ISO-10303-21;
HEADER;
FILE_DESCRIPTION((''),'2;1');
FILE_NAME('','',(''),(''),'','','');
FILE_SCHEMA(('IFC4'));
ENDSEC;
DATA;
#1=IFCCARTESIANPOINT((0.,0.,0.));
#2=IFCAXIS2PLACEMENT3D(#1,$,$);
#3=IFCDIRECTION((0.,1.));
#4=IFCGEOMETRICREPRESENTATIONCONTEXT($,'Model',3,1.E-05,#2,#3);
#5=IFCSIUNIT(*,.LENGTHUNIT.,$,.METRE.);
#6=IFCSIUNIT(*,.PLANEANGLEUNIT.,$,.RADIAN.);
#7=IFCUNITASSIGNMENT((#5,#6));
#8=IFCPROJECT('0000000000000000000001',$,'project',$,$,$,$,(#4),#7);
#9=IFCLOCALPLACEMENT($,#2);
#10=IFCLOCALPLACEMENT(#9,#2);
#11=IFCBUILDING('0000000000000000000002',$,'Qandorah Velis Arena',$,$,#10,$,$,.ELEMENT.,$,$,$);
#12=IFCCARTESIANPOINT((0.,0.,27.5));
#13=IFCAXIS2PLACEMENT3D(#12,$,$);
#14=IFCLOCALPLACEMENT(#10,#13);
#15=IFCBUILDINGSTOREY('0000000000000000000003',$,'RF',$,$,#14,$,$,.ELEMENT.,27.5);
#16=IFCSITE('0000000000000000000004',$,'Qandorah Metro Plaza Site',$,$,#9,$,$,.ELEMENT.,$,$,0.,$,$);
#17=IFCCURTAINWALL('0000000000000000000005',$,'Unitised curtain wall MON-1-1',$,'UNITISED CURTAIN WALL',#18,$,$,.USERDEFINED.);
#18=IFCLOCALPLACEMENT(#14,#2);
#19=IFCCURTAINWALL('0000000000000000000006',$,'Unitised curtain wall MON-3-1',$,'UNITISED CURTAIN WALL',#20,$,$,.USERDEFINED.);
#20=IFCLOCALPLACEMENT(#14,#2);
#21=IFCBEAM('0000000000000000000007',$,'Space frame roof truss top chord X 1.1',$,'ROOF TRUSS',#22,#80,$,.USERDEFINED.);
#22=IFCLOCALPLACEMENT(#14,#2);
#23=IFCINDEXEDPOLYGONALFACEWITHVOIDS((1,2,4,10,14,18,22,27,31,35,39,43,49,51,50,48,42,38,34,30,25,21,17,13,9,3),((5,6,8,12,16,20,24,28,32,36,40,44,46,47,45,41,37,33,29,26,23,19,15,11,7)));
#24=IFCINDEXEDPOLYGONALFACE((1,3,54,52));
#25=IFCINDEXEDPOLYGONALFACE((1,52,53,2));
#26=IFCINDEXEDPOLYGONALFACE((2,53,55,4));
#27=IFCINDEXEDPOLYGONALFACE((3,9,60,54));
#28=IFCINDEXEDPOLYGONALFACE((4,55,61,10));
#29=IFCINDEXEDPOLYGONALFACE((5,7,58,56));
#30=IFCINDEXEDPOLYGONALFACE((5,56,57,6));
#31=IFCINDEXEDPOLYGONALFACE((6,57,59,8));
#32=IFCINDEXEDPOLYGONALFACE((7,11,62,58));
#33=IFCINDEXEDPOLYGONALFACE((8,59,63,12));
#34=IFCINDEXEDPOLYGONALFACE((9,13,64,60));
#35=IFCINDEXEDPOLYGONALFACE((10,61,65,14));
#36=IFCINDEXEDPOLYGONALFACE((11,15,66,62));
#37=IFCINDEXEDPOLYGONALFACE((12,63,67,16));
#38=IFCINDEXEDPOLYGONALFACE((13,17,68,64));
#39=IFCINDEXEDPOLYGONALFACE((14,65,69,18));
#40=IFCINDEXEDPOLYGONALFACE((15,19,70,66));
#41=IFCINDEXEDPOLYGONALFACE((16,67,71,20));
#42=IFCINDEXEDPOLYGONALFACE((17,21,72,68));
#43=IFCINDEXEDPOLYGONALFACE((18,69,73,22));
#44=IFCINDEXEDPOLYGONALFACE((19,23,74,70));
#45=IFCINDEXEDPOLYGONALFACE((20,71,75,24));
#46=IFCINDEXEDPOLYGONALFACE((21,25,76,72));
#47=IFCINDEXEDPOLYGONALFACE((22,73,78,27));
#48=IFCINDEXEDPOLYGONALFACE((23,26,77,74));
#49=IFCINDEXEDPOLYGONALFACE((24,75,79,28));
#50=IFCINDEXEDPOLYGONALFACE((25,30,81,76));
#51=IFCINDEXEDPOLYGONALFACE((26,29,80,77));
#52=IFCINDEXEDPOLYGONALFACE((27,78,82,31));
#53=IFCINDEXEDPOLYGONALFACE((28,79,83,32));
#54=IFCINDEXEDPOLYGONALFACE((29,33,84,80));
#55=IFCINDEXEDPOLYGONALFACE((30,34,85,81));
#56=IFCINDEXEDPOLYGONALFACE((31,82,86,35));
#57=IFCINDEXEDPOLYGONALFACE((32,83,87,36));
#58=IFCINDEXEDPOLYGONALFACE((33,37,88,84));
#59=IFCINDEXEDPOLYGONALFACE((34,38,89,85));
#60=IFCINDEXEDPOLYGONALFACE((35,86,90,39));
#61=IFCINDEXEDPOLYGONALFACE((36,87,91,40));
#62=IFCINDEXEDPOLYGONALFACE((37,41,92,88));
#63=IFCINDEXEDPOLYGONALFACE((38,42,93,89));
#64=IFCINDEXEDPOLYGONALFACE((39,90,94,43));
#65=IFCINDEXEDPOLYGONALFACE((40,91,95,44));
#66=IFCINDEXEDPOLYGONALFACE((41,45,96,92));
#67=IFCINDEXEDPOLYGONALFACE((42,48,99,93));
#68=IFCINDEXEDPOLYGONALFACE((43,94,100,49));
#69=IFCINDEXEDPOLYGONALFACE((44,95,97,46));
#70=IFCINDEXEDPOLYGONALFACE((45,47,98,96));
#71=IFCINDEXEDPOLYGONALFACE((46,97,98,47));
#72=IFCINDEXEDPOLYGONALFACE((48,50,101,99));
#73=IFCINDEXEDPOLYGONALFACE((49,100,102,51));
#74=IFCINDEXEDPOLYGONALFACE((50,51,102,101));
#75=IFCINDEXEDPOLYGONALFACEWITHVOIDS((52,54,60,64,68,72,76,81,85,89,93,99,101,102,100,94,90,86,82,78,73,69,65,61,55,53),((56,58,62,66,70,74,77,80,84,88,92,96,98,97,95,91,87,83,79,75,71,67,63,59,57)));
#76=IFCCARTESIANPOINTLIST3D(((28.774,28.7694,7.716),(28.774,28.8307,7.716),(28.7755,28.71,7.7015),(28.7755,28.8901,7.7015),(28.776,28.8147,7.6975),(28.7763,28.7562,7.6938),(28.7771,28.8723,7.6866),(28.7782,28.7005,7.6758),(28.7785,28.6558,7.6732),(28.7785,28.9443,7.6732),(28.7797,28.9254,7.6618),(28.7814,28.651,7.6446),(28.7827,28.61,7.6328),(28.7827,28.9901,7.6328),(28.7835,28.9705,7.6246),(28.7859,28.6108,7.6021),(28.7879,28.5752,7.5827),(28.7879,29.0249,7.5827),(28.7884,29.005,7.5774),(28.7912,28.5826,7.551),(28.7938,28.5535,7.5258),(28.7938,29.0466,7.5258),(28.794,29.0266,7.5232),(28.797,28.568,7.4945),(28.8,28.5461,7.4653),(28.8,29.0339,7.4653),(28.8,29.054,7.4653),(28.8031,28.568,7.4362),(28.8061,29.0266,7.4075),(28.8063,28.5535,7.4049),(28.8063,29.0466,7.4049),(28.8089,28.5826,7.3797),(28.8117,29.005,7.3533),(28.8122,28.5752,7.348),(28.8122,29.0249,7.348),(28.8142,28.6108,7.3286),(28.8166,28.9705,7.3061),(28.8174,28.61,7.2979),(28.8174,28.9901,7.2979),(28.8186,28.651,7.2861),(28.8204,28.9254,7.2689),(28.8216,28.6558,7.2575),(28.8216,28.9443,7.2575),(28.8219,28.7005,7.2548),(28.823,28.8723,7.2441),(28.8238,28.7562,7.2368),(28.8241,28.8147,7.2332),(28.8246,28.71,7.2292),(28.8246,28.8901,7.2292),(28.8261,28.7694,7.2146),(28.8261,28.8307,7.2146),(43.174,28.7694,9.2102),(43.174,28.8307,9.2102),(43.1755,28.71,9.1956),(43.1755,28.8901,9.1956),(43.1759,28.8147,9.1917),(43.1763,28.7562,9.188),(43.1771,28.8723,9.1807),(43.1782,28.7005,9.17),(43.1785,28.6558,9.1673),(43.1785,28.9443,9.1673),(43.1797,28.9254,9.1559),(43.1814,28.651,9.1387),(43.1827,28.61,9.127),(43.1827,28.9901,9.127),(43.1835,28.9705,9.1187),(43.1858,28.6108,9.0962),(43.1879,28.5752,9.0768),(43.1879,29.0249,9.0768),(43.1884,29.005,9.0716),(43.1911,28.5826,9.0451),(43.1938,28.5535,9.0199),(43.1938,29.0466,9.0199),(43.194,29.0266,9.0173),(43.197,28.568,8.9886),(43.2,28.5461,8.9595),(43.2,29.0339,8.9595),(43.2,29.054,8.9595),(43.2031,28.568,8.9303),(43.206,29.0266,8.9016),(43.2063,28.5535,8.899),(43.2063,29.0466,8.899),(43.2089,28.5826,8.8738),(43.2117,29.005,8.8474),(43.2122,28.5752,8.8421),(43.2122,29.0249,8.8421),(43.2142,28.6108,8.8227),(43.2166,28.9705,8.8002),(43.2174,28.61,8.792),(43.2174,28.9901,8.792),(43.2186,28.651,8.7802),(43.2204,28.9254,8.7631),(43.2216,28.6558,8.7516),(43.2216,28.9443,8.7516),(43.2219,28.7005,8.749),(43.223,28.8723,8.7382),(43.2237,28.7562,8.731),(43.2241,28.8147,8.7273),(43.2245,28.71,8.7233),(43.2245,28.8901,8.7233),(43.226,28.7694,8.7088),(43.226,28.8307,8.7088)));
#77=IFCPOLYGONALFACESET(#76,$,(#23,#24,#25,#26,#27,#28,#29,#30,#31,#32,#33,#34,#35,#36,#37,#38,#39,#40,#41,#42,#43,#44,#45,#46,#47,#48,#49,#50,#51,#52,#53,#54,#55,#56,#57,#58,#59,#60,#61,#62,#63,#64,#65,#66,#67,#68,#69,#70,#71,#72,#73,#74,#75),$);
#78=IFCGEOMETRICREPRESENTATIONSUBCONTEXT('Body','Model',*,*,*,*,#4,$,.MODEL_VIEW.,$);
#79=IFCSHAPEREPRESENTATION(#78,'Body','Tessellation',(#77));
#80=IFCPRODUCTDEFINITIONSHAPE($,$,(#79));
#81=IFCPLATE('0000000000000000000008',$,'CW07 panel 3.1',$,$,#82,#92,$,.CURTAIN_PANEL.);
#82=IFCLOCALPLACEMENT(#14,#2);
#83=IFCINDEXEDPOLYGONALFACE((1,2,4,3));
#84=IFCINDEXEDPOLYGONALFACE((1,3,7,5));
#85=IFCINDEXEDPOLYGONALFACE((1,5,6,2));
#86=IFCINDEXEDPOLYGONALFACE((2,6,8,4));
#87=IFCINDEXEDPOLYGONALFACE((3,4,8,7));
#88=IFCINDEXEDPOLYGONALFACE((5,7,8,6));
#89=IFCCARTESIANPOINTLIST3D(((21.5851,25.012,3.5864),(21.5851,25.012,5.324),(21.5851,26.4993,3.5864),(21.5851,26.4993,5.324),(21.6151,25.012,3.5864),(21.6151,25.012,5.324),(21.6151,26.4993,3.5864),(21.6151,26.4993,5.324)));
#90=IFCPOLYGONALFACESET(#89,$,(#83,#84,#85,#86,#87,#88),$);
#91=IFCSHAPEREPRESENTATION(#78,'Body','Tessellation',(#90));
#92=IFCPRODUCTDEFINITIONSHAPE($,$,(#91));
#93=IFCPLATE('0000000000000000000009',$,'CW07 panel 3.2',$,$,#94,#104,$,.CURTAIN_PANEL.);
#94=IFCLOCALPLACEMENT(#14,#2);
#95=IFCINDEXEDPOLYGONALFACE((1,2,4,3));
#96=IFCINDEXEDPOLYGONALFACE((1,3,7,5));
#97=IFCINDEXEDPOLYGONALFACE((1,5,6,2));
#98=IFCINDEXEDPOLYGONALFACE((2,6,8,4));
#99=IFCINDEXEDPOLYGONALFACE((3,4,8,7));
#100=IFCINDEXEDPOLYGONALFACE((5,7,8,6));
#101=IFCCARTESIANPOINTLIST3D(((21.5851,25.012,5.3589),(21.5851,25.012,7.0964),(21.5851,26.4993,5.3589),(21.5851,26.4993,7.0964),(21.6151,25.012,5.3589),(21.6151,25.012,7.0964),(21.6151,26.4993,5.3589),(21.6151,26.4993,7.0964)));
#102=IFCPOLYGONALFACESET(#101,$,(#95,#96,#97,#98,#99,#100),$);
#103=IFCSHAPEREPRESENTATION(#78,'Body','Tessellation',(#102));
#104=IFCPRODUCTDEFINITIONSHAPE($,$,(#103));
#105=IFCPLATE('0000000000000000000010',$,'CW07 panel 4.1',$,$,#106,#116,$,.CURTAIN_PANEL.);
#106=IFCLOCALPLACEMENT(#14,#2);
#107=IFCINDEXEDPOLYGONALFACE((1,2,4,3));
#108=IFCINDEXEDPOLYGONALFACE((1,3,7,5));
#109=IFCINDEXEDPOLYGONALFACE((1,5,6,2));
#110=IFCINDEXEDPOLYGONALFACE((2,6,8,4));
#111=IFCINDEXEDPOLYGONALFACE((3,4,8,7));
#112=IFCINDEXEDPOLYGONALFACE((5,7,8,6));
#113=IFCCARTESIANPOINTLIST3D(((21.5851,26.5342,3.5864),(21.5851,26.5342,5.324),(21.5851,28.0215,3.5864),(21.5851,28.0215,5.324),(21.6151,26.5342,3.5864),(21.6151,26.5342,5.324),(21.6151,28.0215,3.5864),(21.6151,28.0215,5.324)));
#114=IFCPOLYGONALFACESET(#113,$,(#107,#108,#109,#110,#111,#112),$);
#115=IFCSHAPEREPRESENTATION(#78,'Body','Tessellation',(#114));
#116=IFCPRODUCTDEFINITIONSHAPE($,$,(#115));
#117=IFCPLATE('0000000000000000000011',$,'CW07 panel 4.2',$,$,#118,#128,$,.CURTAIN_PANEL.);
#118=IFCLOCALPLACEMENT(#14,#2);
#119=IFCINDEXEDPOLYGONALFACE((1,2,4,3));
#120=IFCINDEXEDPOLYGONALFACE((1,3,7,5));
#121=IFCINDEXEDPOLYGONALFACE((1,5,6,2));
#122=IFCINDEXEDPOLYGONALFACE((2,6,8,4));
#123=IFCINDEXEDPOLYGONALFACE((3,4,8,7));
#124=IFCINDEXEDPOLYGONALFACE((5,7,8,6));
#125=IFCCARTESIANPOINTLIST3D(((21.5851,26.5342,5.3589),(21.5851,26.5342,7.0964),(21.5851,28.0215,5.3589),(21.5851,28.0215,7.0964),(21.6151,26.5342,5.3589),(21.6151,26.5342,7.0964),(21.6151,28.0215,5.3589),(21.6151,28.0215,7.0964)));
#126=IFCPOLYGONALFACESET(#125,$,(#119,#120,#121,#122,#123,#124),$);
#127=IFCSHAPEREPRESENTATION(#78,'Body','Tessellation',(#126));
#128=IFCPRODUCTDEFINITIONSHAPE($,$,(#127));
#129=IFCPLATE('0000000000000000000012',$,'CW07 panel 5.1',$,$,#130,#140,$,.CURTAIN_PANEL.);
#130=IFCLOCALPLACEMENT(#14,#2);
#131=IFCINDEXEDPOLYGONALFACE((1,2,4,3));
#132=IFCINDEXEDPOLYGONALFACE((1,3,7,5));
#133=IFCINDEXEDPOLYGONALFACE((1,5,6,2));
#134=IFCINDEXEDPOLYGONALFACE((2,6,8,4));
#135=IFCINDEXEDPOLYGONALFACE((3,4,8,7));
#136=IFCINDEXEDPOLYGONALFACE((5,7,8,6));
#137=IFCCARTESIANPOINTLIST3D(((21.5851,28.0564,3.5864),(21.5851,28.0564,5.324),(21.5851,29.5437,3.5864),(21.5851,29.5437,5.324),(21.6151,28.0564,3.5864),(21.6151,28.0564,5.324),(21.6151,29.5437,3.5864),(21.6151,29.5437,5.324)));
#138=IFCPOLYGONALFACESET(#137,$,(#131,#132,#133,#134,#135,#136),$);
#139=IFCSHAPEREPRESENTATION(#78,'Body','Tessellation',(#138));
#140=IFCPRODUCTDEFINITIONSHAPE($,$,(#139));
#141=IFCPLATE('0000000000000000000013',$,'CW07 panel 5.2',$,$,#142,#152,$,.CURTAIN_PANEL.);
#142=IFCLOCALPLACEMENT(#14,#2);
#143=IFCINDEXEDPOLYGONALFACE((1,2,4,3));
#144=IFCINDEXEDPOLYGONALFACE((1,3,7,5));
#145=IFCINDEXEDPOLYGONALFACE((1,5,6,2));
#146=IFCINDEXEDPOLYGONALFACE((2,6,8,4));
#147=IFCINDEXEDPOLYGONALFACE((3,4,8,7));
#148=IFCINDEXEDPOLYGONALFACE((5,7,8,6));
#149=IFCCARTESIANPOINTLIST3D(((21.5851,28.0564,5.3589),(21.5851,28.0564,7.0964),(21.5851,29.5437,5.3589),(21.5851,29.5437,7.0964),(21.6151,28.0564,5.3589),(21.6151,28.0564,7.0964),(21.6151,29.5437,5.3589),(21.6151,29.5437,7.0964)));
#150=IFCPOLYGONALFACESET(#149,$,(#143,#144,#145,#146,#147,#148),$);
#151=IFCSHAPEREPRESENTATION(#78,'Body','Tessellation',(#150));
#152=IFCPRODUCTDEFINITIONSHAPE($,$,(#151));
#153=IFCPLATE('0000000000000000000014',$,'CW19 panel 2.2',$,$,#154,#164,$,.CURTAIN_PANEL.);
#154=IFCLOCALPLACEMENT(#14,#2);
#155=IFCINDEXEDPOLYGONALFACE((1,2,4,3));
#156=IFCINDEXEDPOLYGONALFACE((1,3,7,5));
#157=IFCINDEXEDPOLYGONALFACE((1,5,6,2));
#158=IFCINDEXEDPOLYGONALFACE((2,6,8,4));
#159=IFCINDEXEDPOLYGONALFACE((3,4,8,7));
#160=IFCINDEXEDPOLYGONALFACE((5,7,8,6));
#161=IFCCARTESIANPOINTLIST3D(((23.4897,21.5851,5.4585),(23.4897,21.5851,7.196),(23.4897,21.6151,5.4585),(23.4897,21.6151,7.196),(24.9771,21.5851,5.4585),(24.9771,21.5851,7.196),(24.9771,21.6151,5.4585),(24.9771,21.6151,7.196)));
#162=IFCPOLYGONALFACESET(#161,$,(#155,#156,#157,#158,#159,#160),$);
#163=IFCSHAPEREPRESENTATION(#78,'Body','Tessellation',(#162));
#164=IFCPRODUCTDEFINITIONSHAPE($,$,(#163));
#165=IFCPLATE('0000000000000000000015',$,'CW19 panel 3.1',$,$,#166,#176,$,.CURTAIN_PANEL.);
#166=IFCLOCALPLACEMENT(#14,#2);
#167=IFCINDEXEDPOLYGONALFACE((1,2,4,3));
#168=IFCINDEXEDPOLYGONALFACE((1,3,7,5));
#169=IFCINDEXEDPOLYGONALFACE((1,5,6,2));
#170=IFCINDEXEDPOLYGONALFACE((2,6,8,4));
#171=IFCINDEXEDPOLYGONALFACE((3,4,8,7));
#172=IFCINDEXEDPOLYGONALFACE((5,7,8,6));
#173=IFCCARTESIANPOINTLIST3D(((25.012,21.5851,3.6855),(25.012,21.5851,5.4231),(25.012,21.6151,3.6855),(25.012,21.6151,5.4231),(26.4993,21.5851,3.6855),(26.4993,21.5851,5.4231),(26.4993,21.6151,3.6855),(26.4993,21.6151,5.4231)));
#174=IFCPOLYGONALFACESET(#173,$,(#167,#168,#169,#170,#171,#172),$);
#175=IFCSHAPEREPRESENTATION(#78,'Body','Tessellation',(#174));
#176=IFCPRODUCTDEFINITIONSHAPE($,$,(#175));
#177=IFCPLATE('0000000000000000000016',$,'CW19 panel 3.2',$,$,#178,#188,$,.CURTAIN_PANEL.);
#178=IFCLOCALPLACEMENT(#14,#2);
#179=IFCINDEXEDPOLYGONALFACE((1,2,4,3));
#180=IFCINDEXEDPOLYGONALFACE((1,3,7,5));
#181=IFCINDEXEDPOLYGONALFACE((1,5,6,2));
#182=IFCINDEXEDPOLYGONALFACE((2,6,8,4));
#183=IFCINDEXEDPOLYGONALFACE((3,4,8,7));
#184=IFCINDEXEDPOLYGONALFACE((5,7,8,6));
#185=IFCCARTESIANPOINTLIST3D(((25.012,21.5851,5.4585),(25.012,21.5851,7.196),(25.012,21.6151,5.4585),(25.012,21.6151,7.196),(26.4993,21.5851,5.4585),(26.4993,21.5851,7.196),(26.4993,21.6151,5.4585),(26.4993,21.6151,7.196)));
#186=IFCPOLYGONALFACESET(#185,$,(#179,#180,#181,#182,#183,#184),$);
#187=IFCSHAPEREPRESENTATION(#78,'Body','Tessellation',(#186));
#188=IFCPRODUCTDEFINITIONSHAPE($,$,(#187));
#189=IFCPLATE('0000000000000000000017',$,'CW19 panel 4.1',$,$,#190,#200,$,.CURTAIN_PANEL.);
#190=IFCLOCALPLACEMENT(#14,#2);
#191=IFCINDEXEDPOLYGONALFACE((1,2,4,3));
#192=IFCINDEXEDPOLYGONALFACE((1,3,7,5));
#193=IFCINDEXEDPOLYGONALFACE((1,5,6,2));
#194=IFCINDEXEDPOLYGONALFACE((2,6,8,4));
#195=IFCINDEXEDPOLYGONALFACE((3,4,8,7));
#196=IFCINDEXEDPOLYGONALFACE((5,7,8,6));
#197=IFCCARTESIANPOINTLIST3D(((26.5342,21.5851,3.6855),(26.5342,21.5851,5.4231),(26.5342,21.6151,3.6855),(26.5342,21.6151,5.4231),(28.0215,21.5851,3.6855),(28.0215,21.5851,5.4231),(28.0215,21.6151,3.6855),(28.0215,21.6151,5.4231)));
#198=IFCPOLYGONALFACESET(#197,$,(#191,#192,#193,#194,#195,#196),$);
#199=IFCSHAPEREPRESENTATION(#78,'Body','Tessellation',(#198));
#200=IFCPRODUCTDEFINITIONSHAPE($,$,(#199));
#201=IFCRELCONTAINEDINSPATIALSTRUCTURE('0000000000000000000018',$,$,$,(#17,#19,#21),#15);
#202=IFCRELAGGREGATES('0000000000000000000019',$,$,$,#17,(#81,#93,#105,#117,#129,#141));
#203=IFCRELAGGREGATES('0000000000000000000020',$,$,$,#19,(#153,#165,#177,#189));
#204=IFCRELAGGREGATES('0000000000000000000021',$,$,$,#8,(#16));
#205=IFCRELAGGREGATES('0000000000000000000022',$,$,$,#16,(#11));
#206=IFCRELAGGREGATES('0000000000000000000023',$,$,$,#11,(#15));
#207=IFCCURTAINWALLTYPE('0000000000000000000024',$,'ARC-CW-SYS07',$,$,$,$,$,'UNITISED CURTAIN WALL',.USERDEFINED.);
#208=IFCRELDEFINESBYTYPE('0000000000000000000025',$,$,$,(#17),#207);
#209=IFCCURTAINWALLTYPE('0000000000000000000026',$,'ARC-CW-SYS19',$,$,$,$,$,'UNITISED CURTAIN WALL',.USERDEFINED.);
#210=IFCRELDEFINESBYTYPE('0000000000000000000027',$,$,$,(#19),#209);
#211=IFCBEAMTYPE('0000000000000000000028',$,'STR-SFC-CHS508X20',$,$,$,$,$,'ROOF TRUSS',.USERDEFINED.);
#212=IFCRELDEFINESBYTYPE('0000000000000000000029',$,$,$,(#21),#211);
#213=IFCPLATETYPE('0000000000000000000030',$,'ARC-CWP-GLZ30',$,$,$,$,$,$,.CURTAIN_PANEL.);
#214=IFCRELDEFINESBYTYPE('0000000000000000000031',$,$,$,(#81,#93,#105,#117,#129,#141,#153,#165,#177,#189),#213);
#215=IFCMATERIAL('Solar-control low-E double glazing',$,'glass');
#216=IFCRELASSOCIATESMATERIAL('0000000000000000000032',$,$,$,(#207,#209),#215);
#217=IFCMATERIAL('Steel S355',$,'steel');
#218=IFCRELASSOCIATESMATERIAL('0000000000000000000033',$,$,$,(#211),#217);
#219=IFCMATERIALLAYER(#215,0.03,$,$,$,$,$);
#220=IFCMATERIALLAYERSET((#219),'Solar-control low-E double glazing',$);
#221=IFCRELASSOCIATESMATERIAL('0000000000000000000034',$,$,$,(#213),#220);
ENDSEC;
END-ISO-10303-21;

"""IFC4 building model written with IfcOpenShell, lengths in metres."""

from ifc_helpers import new_model, si_unit, direction, frame, origin, origin_2d, place, context, subcontext, project, spatial, rectangle, hollow_circle, extrude, material, layer, layer_set, material_profile, profile_set, type_object, element, aggregate, save


model = new_model("IFC4")

# Units and contexts
model_context = context("Model", 3, precision=1e-05, world=origin(), true_north=direction((0.0, 1.0)))
body_context = subcontext(model_context, "Body", "Model", "MODEL_VIEW")
ifc_project = project(units=[si_unit("LENGTHUNIT", "METRE"), si_unit("PLANEANGLEUNIT", "RADIAN")], contexts=[model_context])

# Site, building, storey
site_placement = place(None, origin())
site = spatial("IfcSite", under=ifc_project, at=site_placement, Name="Qandorah Metro Plaza Site", CompositionType="ELEMENT", RefElevation=0.0)
building_placement = place(site_placement, origin())
building = spatial("IfcBuilding", under=site, at=building_placement, Name="Qandorah Velis Arena", CompositionType="ELEMENT")
storey_placement = place(building_placement, frame((0.0, 0.0, 27.5)))
storey = spatial("IfcBuildingStorey", under=building, at=storey_placement, Name="RF", CompositionType="ELEMENT", Elevation=27.5)

# Curtain walls
ifc_material_1 = material(Name="Solar-control low-E double glazing", Category="glass")
curtain_wall_type_1 = type_object("IfcCurtainWallType", Name="ARC-CW-SYS07", ElementType="UNITISED CURTAIN WALL", PredefinedType="USERDEFINED", material=ifc_material_1)
curtain_wall_1_placement = place(storey_placement, origin())
curtain_wall_1 = element("IfcCurtainWall", 1, at=curtain_wall_1_placement, inside=storey, type_object=curtain_wall_type_1, Name="Unitised curtain wall MON-1-1", ObjectType="UNITISED CURTAIN WALL", PredefinedType="USERDEFINED")
curtain_wall_type_2 = type_object("IfcCurtainWallType", Name="ARC-CW-SYS19", ElementType="UNITISED CURTAIN WALL", PredefinedType="USERDEFINED", material=ifc_material_1)
curtain_wall_2_placement = place(storey_placement, origin())
curtain_wall_2 = element("IfcCurtainWall", 2, at=curtain_wall_2_placement, inside=storey, type_object=curtain_wall_type_2, Name="Unitised curtain wall MON-3-1", ObjectType="UNITISED CURTAIN WALL", PredefinedType="USERDEFINED")

# Shared definitions
ifc_material_2 = material(Name="Steel S355", Category="steel")

# Beam
ifc_material_profile_1 = material_profile(ifc_material_2, hollow_circle(Radius=0.2539, WallThickness=0.02, at=origin_2d()), Name="CHS 508x20")
ifc_profile_set_1 = profile_set([ifc_material_profile_1], Name="Steel S355")
beam_type_1 = type_object("IfcBeamType", Name="STR-SFC-CHS508X20", ElementType="ROOF TRUSS", PredefinedType="USERDEFINED", material=ifc_profile_set_1)
beam_1_placement = place(storey_placement, frame((28.8, 28.8, 7.4653), z_axis=(0.99466, 0.0, 0.103206), x_axis=(0.0, 1.0, 0.0)))
element("IfcBeam", 3, at=beam_1_placement, inside=storey, type_object=beam_type_1, Name="Space frame roof truss top chord X 1.1", ObjectType="ROOF TRUSS", PredefinedType="USERDEFINED", context=body_context, shape_type="SweptSolid", body=[
    extrude(hollow_circle(Radius=0.2539, WallThickness=0.02, at=origin_2d()), origin(), (0.0, 0.0, 1.0), 14.4773),
])

# Plates
ifc_layer = layer(ifc_material_1, 0.03)
ifc_layer_set = layer_set([ifc_layer], Name="Solar-control low-E double glazing")
plate_type = type_object("IfcPlateType", Name="ARC-CWP-GLZ30", PredefinedType="CURTAIN_PANEL", material=ifc_layer_set)
plate_1_placement = place(storey_placement, frame((21.6001, 25.7556, 3.5864), z_axis=(0.0, 0.0, 1.0), x_axis=(0.0, 1.0, 0.0)))
plate_1 = element("IfcPlate", 4, at=plate_1_placement, type_object=plate_type, Name="CW07 panel 3.1", PredefinedType="CURTAIN_PANEL", context=body_context, shape_type="SweptSolid", body=[
    extrude(rectangle(XDim=1.4873, YDim=0.03, at=origin_2d()), origin(), (0.0, 0.0, 1.0), 1.7375),
])
plate_2_placement = place(storey_placement, frame((21.6001, 25.7556, 5.3589), z_axis=(0.0, 0.0, 1.0), x_axis=(0.0, 1.0, 0.0)))
plate_2 = element("IfcPlate", 5, at=plate_2_placement, type_object=plate_type, Name="CW07 panel 3.2", PredefinedType="CURTAIN_PANEL", context=body_context, shape_type="SweptSolid", body=[
    extrude(rectangle(XDim=1.4873, YDim=0.03, at=origin_2d()), origin(), (0.0, 0.0, 1.0), 1.7375),
])
plate_3_placement = place(storey_placement, frame((21.6001, 27.2778, 3.5864), z_axis=(0.0, 0.0, 1.0), x_axis=(0.0, 1.0, 0.0)))
plate_3 = element("IfcPlate", 6, at=plate_3_placement, type_object=plate_type, Name="CW07 panel 4.1", PredefinedType="CURTAIN_PANEL", context=body_context, shape_type="SweptSolid", body=[
    extrude(rectangle(XDim=1.4873, YDim=0.03, at=origin_2d()), origin(), (0.0, 0.0, 1.0), 1.7375),
])
plate_4_placement = place(storey_placement, frame((21.6001, 27.2778, 5.3589), z_axis=(0.0, 0.0, 1.0), x_axis=(0.0, 1.0, 0.0)))
plate_4 = element("IfcPlate", 7, at=plate_4_placement, type_object=plate_type, Name="CW07 panel 4.2", PredefinedType="CURTAIN_PANEL", context=body_context, shape_type="SweptSolid", body=[
    extrude(rectangle(XDim=1.4873, YDim=0.03, at=origin_2d()), origin(), (0.0, 0.0, 1.0), 1.7375),
])
plate_5_placement = place(storey_placement, frame((21.6001, 28.8, 3.5864), z_axis=(0.0, 0.0, 1.0), x_axis=(0.0, 1.0, 0.0)))
plate_5 = element("IfcPlate", 8, at=plate_5_placement, type_object=plate_type, Name="CW07 panel 5.1", PredefinedType="CURTAIN_PANEL", context=body_context, shape_type="SweptSolid", body=[
    extrude(rectangle(XDim=1.4873, YDim=0.03, at=origin_2d()), origin(), (0.0, 0.0, 1.0), 1.7375),
])
plate_6_placement = place(storey_placement, frame((21.6001, 28.8, 5.3589), z_axis=(0.0, 0.0, 1.0), x_axis=(0.0, 1.0, 0.0)))
plate_6 = element("IfcPlate", 9, at=plate_6_placement, type_object=plate_type, Name="CW07 panel 5.2", PredefinedType="CURTAIN_PANEL", context=body_context, shape_type="SweptSolid", body=[
    extrude(rectangle(XDim=1.4873, YDim=0.03, at=origin_2d()), origin(), (0.0, 0.0, 1.0), 1.7375),
])
aggregate(curtain_wall_1, [plate_1, plate_2, plate_3, plate_4, plate_5, plate_6])
plate_7_placement = place(storey_placement, frame((24.2334, 21.6001, 5.4585), z_axis=(0.0, 0.0, 1.0), x_axis=(1.0, 0.0, 0.0)))
plate_7 = element("IfcPlate", 10, at=plate_7_placement, type_object=plate_type, Name="CW19 panel 2.2", PredefinedType="CURTAIN_PANEL", context=body_context, shape_type="SweptSolid", body=[
    extrude(rectangle(XDim=1.4873, YDim=0.03, at=origin_2d()), origin(), (0.0, 0.0, 1.0), 1.7375),
])
plate_8_placement = place(storey_placement, frame((25.7556, 21.6001, 3.6855), z_axis=(0.0, 0.0, 1.0), x_axis=(1.0, 0.0, 0.0)))
plate_8 = element("IfcPlate", 11, at=plate_8_placement, type_object=plate_type, Name="CW19 panel 3.1", PredefinedType="CURTAIN_PANEL", context=body_context, shape_type="SweptSolid", body=[
    extrude(rectangle(XDim=1.4873, YDim=0.03, at=origin_2d()), origin(), (0.0, 0.0, 1.0), 1.7375),
])
plate_9_placement = place(storey_placement, frame((25.7556, 21.6001, 5.4585), z_axis=(0.0, 0.0, 1.0), x_axis=(1.0, 0.0, 0.0)))
plate_9 = element("IfcPlate", 12, at=plate_9_placement, type_object=plate_type, Name="CW19 panel 3.2", PredefinedType="CURTAIN_PANEL", context=body_context, shape_type="SweptSolid", body=[
    extrude(rectangle(XDim=1.4873, YDim=0.03, at=origin_2d()), origin(), (0.0, 0.0, 1.0), 1.7375),
])
plate_10_placement = place(storey_placement, frame((27.2778, 21.6001, 3.6855), z_axis=(0.0, 0.0, 1.0), x_axis=(1.0, 0.0, 0.0)))
plate_10 = element("IfcPlate", 13, at=plate_10_placement, type_object=plate_type, Name="CW19 panel 4.1", PredefinedType="CURTAIN_PANEL", context=body_context, shape_type="SweptSolid", body=[
    extrude(rectangle(XDim=1.4873, YDim=0.03, at=origin_2d()), origin(), (0.0, 0.0, 1.0), 1.7375),
])
aggregate(curtain_wall_2, [plate_7, plate_8, plate_9, plate_10])

save(model, "model.ifc")
